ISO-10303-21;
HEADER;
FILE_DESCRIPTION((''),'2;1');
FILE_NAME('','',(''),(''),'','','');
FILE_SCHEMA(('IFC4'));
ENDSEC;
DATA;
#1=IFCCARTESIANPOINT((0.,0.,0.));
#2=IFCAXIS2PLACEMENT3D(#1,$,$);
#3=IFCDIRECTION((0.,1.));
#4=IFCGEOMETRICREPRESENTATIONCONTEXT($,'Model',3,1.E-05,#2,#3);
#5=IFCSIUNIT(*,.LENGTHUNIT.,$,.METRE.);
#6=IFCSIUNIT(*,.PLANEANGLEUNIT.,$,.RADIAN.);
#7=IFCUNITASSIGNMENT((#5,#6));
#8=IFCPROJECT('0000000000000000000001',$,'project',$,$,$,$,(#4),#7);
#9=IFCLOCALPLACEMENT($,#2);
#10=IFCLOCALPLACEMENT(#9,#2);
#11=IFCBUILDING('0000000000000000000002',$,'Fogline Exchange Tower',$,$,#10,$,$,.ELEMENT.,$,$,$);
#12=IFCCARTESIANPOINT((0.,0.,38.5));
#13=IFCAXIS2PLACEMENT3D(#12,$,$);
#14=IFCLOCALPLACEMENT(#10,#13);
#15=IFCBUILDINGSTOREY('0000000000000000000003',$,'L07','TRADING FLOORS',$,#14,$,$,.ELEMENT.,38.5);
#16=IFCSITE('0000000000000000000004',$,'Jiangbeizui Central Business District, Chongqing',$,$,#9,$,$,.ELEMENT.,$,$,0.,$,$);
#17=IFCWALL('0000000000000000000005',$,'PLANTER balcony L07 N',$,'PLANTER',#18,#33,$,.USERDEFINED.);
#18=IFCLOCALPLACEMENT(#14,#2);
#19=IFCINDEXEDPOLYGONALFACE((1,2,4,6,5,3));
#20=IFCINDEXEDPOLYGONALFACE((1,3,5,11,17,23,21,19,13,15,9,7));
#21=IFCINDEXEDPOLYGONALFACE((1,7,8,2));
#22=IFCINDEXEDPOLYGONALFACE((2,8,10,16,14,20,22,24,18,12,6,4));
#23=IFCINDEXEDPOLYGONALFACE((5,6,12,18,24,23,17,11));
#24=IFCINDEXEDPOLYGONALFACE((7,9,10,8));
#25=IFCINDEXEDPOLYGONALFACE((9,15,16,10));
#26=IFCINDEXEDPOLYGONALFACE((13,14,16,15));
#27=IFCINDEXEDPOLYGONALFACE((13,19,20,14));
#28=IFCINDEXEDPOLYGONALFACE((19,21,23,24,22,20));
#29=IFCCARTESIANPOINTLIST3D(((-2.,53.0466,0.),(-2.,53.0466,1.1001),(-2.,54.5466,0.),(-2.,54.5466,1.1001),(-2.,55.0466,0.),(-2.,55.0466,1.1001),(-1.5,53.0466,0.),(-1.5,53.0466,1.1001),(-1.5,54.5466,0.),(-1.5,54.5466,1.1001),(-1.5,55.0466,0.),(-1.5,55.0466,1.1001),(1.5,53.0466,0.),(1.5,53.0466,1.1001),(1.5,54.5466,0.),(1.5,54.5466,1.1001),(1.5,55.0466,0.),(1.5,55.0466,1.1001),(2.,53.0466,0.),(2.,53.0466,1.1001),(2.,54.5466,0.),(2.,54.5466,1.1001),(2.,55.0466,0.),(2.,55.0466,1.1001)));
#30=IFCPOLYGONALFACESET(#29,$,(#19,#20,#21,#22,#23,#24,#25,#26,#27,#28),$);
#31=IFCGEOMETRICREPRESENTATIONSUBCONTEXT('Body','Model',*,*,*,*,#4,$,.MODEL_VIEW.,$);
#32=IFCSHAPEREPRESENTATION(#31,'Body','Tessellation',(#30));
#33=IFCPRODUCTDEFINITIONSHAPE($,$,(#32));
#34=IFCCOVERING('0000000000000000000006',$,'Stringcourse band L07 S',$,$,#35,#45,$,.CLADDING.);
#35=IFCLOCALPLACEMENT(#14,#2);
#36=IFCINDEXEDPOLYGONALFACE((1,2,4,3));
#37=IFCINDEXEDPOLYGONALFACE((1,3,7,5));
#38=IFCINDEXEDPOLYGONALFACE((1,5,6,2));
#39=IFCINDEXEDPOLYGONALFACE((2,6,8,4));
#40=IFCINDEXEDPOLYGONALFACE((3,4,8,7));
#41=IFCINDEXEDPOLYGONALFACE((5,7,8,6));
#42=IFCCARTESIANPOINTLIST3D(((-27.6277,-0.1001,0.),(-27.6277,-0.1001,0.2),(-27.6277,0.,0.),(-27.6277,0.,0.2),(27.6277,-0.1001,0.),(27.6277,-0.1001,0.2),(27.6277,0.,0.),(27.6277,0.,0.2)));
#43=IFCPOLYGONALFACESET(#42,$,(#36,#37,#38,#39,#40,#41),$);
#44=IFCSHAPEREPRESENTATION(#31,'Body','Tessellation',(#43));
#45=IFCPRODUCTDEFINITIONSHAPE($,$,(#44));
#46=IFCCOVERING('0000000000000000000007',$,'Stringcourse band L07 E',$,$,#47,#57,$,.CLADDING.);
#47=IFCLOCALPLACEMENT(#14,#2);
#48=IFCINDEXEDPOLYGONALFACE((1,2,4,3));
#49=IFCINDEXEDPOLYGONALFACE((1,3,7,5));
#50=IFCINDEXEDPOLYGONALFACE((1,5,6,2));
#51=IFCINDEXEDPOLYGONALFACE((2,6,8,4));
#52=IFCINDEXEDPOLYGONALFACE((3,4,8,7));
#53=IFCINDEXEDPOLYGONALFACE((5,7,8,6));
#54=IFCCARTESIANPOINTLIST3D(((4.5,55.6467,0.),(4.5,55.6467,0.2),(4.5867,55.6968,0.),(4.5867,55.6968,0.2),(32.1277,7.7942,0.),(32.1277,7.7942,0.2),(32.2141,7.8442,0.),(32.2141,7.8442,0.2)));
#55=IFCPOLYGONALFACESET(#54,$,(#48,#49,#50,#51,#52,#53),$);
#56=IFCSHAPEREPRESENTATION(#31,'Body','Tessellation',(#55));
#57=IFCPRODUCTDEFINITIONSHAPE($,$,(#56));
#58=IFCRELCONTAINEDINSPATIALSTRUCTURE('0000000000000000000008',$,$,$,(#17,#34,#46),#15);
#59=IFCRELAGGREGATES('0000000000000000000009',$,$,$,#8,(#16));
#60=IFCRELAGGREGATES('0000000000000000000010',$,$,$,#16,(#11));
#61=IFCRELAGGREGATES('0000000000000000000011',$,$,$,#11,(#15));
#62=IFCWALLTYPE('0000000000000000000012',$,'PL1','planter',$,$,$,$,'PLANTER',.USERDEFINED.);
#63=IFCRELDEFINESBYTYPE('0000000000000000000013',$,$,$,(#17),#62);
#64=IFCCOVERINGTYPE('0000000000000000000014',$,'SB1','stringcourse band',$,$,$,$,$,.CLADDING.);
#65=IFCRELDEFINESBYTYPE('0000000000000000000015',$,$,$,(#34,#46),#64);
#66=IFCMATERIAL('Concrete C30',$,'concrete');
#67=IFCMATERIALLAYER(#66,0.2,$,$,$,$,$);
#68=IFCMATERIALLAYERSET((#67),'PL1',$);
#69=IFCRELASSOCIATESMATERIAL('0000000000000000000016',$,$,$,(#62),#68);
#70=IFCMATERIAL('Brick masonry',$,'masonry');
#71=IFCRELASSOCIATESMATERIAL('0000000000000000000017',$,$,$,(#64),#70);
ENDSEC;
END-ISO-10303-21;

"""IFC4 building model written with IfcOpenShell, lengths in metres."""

from ifc_helpers import new_model, si_unit, direction, frame, origin, place, context, subcontext, project, spatial, polyline, outline, extrude, material, layer, layer_set, type_object, element, save


model = new_model("IFC4")

# Units and contexts
model_context = context("Model", 3, precision=1e-05, world=origin(), true_north=direction((0.0, 1.0)))
body_context = subcontext(model_context, "Body", "Model", "MODEL_VIEW")
ifc_project = project(units=[si_unit("LENGTHUNIT", "METRE"), si_unit("PLANEANGLEUNIT", "RADIAN")], contexts=[model_context])

# Site, building, storey
site_placement = place(None, origin())
site = spatial("IfcSite", under=ifc_project, at=site_placement, Name="Jiangbeizui Central Business District, Chongqing", CompositionType="ELEMENT", RefElevation=0.0)
building_placement = place(site_placement, origin())
building = spatial("IfcBuilding", under=site, at=building_placement, Name="Fogline Exchange Tower", CompositionType="ELEMENT")
storey_placement = place(building_placement, frame((0.0, 0.0, 38.5)))
storey = spatial("IfcBuildingStorey", under=building, at=storey_placement, Name="L07", Description="TRADING FLOORS", CompositionType="ELEMENT", Elevation=38.5)

# Wall
ifc_material_1 = material(Name="Brick masonry", Category="masonry")
ifc_material_2 = material(Name="Concrete C30", Category="concrete")
ifc_layer_1 = layer(ifc_material_2, 0.2)
ifc_layer_set_1 = layer_set([ifc_layer_1], Name="PL1")
wall_type_1 = type_object("IfcWallType", Name="PL1", Description="planter", ElementType="PLANTER", PredefinedType="USERDEFINED", material=ifc_layer_set_1)
wall_1_placement = place(storey_placement, origin())
element("IfcWall", 1, at=wall_1_placement, inside=storey, type_object=wall_type_1, Name="PLANTER balcony L07 N", ObjectType="PLANTER", PredefinedType="USERDEFINED", context=body_context, shape_type="SweptSolid", body=[
    extrude(outline(polyline([(-1.5, 55.0466), (-2.0, 55.0466), (-2.0, 54.5466), (-2.0, 53.0466), (-1.5, 53.0466), (-1.5, 54.5466), (1.5, 54.5466), (1.5, 53.0466), (2.0, 53.0466), (2.0, 54.5466), (2.0, 55.0466), (1.5, 55.0466), (-1.5, 55.0466)])), origin(), (0.0, 0.0, 1.0), 1.1001),
])

# Coverings
covering_type = type_object("IfcCoveringType", Name="SB1", Description="stringcourse band", PredefinedType="CLADDING", material=ifc_material_1)
covering_1_placement = place(storey_placement, origin())
element("IfcCovering", 2, at=covering_1_placement, inside=storey, type_object=covering_type, Name="Stringcourse band L07 S", PredefinedType="CLADDING", context=body_context, shape_type="SweptSolid", body=[
    extrude(outline(polyline([(-27.6277, 0.0), (-27.6277, -0.1001), (27.6277, -0.1001), (27.6277, 0.0), (-27.6277, 0.0)])), origin(), (0.0, 0.0, 1.0), 0.2),
])
covering_2_placement = place(storey_placement, origin())
element("IfcCovering", 3, at=covering_2_placement, inside=storey, type_object=covering_type, Name="Stringcourse band L07 E", PredefinedType="CLADDING", context=body_context, shape_type="SweptSolid", body=[
    extrude(outline(polyline([(32.1277, 7.7942), (32.2141, 7.8442), (4.5867, 55.6968), (4.5, 55.6467), (32.1277, 7.7942)])), origin(), (0.0, 0.0, 1.0), 0.2),
])

save(model, "model.ifc")
